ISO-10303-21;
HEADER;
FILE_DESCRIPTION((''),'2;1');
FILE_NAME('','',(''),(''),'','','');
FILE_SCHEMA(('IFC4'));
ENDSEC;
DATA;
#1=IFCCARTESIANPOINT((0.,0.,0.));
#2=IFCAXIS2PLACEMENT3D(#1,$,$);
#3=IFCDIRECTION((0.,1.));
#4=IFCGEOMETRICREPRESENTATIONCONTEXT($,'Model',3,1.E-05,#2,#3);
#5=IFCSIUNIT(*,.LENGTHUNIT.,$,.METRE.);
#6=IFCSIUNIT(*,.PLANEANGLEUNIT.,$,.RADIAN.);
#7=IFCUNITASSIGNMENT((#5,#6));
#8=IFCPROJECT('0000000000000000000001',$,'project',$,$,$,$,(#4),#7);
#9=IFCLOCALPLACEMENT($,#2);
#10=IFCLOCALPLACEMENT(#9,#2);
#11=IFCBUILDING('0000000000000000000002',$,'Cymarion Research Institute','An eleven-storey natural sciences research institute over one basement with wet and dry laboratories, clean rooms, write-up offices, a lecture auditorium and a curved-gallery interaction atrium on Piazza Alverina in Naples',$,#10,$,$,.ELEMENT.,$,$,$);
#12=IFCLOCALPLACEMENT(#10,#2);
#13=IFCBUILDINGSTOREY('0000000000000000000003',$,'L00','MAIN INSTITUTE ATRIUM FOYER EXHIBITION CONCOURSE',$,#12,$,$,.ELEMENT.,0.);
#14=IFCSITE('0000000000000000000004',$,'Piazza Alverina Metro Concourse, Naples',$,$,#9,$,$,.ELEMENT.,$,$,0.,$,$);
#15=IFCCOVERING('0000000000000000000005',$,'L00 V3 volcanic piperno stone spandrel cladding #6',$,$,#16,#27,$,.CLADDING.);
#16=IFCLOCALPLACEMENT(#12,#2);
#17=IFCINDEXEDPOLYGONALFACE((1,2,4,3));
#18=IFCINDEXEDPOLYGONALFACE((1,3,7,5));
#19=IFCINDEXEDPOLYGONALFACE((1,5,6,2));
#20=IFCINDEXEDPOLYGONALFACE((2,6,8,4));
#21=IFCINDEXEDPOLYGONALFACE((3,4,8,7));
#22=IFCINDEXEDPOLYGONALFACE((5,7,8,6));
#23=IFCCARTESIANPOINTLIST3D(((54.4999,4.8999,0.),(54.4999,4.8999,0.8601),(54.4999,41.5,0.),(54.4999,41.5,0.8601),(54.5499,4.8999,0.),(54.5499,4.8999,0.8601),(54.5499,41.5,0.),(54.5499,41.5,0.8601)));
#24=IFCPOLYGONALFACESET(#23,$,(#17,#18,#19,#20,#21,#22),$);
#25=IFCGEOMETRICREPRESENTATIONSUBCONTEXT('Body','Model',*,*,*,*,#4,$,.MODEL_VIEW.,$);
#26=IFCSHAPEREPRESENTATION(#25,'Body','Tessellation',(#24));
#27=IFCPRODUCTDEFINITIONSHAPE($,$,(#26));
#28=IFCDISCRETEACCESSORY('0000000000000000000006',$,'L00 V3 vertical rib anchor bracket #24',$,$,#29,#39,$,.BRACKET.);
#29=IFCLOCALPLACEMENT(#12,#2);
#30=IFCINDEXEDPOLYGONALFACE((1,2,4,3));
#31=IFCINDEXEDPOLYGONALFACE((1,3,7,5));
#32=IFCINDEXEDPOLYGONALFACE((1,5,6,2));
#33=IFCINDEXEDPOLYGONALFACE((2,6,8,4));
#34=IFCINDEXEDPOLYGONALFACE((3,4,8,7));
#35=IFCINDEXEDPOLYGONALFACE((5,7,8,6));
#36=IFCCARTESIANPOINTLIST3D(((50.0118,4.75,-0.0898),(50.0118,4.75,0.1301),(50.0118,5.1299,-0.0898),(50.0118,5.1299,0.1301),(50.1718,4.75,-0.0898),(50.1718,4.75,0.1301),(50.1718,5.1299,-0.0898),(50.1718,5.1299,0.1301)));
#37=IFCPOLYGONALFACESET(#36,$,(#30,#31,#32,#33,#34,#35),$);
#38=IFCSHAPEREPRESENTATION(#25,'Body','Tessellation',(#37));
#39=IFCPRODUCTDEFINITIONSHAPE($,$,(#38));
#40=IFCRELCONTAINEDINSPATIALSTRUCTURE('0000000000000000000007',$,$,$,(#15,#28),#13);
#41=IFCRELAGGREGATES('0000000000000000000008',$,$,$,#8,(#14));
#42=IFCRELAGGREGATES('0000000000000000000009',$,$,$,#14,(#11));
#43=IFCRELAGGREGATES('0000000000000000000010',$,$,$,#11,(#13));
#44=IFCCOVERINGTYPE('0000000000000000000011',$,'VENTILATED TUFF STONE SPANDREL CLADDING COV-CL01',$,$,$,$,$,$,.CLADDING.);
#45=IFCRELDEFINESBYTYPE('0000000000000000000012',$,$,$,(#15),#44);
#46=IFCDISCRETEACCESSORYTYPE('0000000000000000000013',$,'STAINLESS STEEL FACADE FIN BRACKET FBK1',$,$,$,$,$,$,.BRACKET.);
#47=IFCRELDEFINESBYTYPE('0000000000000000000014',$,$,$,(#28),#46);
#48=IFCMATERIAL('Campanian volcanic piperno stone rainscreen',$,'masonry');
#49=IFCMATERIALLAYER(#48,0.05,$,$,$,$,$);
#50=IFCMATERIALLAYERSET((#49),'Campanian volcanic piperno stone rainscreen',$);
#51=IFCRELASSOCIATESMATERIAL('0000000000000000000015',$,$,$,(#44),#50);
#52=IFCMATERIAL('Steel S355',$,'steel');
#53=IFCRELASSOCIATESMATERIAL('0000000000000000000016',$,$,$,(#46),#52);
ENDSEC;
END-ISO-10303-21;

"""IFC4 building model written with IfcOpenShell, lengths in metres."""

from ifc_helpers import new_model, si_unit, direction, frame, frame_2d, origin, origin_2d, place, context, subcontext, project, spatial, rectangle, extrude, material, layer, layer_set, type_object, element, save


model = new_model("IFC4")

# Units and contexts
model_context = context("Model", 3, precision=1e-05, world=origin(), true_north=direction((0.0, 1.0)))
body_context = subcontext(model_context, "Body", "Model", "MODEL_VIEW")
ifc_project = project(units=[si_unit("LENGTHUNIT", "METRE"), si_unit("PLANEANGLEUNIT", "RADIAN")], contexts=[model_context])

# Site, building, storey
site_placement = place(None, origin())
site = spatial("IfcSite", under=ifc_project, at=site_placement, Name="Piazza Alverina Metro Concourse, Naples", CompositionType="ELEMENT", RefElevation=0.0)
building_placement = place(site_placement, origin())
building = spatial("IfcBuilding", under=site, at=building_placement, Name="Cymarion Research Institute", Description="An eleven-storey natural sciences research institute over one basement with wet and dry laboratories, clean rooms, write-up offices, a lecture auditorium and a curved-gallery interaction atrium on Piazza Alverina in Naples", CompositionType="ELEMENT")
storey_placement = place(building_placement, origin())
storey = spatial("IfcBuildingStorey", under=building, at=storey_placement, Name="L00", Description="MAIN INSTITUTE ATRIUM FOYER EXHIBITION CONCOURSE", CompositionType="ELEMENT", Elevation=0.0)

# Covering
ifc_material_1 = material(Name="Campanian volcanic piperno stone rainscreen", Category="masonry")
ifc_layer_1 = layer(ifc_material_1, 0.05)
ifc_layer_set_1 = layer_set([ifc_layer_1], Name="Campanian volcanic piperno stone rainscreen")
covering_type_1 = type_object("IfcCoveringType", Name="VENTILATED TUFF STONE SPANDREL CLADDING COV-CL01", PredefinedType="CLADDING", material=ifc_layer_set_1)
covering_1_placement = place(storey_placement, frame((54.5249, 4.8999, 0.0), z_axis=(0.0, 0.0, 1.0), x_axis=(0.0, 1.0, 0.0)))
element("IfcCovering", 1, at=covering_1_placement, inside=storey, type_object=covering_type_1, Name="L00 V3 volcanic piperno stone spandrel cladding #6", PredefinedType="CLADDING", context=body_context, shape_type="SweptSolid", body=[
    extrude(rectangle(XDim=36.6001, YDim=0.05, at=frame_2d((18.3, 0.0))), origin(), (0.0, 0.0, 1.0), 0.8601),
])

# Discrete accessory
ifc_material_2 = material(Name="Steel S355", Category="steel")
discrete_accessory_type = type_object("IfcDiscreteAccessoryType", Name="STAINLESS STEEL FACADE FIN BRACKET FBK1", PredefinedType="BRACKET", material=ifc_material_2)
discrete_accessory_placement = place(storey_placement, frame((50.0918, 4.9399, -0.0898), z_axis=(0.0, 0.0, 1.0), x_axis=(0.0, -1.0, 0.0)))
element("IfcDiscreteAccessory", 2, at=discrete_accessory_placement, inside=storey, type_object=discrete_accessory_type, Name="L00 V3 vertical rib anchor bracket #24", PredefinedType="BRACKET", context=body_context, shape_type="SweptSolid", body=[
    extrude(rectangle(XDim=0.3799, YDim=0.1599, at=origin_2d()), origin(), (0.0, 0.0, 1.0), 0.22),
])

save(model, "model.ifc")
